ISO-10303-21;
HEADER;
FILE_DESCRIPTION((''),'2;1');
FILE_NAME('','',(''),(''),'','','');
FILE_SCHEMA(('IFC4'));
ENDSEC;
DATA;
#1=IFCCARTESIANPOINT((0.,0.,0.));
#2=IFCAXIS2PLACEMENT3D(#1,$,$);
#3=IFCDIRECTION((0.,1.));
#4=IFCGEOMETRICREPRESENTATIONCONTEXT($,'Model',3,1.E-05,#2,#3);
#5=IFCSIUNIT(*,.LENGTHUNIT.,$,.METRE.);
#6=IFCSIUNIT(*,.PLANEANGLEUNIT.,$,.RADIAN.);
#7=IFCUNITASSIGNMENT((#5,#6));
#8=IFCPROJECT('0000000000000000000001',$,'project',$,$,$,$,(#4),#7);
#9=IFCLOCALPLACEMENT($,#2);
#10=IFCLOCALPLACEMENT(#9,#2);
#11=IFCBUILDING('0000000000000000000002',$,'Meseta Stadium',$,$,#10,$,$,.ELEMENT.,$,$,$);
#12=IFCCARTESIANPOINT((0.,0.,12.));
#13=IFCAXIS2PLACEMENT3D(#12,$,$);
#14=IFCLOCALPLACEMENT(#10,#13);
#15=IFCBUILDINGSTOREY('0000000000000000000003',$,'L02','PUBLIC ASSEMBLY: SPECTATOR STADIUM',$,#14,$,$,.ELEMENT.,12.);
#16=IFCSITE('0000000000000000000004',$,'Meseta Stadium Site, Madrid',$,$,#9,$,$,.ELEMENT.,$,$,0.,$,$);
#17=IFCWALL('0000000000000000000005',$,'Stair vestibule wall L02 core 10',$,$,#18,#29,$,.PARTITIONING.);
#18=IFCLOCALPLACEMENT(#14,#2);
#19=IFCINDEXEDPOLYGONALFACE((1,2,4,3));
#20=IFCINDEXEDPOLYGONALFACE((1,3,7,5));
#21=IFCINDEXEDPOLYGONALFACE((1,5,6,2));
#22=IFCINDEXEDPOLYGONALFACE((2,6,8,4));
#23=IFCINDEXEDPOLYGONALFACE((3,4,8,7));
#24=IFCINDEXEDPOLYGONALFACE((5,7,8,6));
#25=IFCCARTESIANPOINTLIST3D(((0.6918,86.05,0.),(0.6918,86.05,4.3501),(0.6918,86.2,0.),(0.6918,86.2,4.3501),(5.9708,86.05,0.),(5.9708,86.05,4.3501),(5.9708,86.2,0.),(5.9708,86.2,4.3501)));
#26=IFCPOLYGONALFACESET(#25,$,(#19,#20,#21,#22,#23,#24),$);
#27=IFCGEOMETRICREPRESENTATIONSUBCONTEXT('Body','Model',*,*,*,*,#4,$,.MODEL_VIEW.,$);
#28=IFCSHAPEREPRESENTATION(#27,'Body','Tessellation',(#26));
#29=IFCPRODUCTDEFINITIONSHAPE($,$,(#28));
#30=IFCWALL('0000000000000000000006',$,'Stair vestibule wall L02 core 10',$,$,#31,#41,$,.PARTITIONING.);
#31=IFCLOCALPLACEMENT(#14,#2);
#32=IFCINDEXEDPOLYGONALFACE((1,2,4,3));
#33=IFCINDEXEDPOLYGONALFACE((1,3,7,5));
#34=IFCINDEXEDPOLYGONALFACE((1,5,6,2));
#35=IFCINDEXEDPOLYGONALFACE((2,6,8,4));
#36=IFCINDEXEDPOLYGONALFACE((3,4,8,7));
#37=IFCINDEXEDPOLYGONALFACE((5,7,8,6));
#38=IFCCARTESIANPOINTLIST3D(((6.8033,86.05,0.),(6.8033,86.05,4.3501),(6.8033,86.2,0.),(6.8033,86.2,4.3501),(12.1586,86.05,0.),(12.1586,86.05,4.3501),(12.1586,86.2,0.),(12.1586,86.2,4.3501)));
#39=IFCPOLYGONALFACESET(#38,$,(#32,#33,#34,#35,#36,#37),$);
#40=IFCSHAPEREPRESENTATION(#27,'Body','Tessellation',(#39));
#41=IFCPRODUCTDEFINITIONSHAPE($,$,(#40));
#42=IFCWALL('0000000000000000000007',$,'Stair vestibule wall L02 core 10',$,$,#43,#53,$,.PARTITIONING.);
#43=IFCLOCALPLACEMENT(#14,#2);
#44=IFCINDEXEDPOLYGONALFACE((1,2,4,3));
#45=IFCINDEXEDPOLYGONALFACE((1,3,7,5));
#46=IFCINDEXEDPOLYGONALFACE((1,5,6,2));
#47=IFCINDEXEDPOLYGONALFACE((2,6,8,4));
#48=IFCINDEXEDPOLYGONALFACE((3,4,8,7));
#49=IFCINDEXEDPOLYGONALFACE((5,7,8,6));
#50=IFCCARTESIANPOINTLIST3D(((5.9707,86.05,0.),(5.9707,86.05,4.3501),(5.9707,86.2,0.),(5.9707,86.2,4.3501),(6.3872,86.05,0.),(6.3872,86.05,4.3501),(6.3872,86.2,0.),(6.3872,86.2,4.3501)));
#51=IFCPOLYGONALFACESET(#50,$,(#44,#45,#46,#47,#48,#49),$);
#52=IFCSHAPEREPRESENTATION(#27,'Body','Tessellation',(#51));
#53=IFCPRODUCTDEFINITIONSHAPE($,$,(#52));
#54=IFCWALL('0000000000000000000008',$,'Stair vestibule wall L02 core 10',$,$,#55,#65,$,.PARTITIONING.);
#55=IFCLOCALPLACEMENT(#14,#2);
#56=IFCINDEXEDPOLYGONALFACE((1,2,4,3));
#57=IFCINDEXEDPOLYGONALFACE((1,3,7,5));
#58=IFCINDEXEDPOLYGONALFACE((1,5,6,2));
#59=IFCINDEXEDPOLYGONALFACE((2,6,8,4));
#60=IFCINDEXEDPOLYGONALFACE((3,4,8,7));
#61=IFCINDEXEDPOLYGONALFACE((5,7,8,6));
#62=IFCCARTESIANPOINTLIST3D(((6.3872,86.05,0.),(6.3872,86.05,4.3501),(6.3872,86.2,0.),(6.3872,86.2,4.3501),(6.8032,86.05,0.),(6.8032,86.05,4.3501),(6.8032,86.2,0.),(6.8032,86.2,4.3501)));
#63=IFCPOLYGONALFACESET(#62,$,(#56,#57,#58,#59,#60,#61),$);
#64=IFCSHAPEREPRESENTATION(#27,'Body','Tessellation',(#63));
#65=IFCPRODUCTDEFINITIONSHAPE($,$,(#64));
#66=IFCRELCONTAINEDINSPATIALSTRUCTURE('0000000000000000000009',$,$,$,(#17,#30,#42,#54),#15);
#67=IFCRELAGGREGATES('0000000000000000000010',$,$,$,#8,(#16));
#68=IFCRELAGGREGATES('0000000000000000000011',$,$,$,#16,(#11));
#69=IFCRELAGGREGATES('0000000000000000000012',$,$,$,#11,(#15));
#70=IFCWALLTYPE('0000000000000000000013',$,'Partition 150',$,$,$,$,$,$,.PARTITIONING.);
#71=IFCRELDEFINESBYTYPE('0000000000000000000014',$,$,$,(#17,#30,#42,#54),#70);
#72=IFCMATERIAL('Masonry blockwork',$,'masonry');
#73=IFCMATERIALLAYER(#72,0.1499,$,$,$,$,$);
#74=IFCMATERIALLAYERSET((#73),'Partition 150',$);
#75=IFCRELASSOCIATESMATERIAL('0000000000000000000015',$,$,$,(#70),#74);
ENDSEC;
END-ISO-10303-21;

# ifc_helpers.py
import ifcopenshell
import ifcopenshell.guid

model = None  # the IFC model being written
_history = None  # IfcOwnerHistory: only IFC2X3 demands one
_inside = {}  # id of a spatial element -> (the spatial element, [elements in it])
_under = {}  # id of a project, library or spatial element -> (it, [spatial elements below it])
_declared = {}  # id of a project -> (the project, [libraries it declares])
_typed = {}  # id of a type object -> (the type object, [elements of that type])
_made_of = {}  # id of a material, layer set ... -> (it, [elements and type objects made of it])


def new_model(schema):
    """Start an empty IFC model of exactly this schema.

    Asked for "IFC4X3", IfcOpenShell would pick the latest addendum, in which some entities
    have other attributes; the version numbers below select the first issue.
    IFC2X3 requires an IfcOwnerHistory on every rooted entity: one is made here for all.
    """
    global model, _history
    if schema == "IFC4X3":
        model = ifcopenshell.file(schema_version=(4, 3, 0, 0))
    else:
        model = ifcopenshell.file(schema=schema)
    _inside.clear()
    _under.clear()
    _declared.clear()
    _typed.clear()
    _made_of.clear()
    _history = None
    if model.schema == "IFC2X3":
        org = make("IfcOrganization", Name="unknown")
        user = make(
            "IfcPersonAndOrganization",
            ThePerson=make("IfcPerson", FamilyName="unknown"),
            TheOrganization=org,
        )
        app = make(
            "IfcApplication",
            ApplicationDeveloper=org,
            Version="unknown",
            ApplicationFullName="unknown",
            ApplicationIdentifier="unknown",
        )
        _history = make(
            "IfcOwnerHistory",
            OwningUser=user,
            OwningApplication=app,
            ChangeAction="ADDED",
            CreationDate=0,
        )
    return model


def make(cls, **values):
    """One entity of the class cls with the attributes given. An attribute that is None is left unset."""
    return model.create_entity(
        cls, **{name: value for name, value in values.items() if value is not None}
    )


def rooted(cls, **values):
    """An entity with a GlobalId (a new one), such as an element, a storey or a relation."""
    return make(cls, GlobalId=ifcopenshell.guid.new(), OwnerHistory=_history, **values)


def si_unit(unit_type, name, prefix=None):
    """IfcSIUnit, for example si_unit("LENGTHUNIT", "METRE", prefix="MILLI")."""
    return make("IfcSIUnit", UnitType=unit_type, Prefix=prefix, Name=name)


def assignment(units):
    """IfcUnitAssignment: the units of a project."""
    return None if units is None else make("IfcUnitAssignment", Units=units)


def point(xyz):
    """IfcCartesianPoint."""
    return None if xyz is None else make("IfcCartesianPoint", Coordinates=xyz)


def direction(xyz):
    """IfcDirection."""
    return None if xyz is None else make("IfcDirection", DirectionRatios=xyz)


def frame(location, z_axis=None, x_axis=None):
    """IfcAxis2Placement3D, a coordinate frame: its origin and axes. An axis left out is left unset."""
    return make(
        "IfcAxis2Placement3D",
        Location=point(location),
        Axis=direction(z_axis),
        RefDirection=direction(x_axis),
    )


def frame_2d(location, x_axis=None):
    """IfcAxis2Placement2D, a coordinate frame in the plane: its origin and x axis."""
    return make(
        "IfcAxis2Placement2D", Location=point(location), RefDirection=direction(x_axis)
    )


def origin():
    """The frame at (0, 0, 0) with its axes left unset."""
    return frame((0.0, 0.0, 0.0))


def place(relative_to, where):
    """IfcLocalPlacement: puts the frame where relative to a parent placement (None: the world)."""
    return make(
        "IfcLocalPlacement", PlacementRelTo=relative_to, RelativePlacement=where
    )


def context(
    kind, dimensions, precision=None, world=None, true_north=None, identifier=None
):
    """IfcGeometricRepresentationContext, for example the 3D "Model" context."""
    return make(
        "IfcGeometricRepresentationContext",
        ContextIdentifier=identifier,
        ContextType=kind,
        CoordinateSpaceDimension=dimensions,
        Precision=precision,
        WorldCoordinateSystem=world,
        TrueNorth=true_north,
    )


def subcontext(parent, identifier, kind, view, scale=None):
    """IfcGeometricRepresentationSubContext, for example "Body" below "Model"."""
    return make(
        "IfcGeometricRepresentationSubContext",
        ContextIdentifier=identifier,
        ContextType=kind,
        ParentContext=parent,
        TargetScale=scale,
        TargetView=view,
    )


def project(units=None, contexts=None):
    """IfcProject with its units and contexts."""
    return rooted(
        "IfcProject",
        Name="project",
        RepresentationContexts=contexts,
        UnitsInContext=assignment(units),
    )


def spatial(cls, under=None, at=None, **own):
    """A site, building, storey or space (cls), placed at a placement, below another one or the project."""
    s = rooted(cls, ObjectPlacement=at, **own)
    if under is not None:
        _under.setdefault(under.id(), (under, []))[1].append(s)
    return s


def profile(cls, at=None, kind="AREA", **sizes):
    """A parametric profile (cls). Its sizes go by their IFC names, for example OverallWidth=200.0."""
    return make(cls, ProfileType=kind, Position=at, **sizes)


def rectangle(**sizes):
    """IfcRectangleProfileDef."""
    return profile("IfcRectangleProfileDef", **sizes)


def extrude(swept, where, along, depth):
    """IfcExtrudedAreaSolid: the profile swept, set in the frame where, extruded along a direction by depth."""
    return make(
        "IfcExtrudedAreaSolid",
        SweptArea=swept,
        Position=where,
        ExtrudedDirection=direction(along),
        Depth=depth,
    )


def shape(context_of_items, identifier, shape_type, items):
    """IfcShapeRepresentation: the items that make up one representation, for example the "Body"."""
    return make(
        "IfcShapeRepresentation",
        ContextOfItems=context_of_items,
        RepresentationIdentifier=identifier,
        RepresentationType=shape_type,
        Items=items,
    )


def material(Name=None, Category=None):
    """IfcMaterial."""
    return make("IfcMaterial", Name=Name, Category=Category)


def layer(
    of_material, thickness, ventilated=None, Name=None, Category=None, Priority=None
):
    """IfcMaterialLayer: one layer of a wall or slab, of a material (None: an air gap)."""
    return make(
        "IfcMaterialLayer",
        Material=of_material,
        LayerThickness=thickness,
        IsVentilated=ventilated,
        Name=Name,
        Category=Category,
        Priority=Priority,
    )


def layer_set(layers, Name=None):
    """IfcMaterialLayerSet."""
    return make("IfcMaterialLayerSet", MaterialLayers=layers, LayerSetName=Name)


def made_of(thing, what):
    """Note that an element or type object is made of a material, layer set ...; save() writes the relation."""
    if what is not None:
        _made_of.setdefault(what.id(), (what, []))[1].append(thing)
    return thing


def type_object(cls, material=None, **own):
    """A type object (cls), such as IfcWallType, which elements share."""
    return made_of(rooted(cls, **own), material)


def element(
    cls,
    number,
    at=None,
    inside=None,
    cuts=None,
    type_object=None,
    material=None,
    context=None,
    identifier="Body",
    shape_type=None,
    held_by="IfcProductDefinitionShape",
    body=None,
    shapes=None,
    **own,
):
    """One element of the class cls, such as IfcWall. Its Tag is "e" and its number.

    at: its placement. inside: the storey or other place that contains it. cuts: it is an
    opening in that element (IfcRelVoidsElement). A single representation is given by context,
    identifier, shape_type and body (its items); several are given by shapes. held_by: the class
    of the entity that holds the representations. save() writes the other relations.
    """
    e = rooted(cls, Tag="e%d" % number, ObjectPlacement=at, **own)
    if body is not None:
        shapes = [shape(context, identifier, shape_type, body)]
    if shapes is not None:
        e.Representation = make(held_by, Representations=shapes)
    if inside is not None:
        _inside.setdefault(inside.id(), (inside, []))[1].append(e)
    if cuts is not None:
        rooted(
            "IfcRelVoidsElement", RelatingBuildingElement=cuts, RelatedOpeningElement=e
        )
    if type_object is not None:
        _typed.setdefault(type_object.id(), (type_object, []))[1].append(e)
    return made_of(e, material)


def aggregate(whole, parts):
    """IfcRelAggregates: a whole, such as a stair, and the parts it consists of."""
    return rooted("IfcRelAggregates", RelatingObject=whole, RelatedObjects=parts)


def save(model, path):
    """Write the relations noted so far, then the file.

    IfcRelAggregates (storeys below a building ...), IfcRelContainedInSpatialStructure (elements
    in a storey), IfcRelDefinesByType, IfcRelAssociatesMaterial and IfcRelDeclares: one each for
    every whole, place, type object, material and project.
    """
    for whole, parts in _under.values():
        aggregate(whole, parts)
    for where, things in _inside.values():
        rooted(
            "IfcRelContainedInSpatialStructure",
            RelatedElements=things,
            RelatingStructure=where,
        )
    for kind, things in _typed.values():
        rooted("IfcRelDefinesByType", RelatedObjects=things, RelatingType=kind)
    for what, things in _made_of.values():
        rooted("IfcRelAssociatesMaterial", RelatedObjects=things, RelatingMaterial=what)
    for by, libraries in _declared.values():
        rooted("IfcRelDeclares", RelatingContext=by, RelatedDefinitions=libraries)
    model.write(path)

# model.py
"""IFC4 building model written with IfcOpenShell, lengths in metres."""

from ifc_helpers import new_model, si_unit, direction, frame, frame_2d, origin, place, context, subcontext, project, spatial, rectangle, extrude, material, layer, layer_set, type_object, element, save


model = new_model("IFC4")

# Units and contexts
model_context = context("Model", 3, precision=1e-05, world=origin(), true_north=direction((0.0, 1.0)))
body_context = subcontext(model_context, "Body", "Model", "MODEL_VIEW")
ifc_project = project(units=[si_unit("LENGTHUNIT", "METRE"), si_unit("PLANEANGLEUNIT", "RADIAN")], contexts=[model_context])

# Site, building, storey
site_placement = place(None, origin())
site = spatial("IfcSite", under=ifc_project, at=site_placement, Name="Meseta Stadium Site, Madrid", CompositionType="ELEMENT", RefElevation=0.0)
building_placement = place(site_placement, origin())
building = spatial("IfcBuilding", under=site, at=building_placement, Name="Meseta Stadium", CompositionType="ELEMENT")
storey_placement = place(building_placement, frame((0.0, 0.0, 12.0)))
storey = spatial("IfcBuildingStorey", under=building, at=storey_placement, Name="L02", Description="PUBLIC ASSEMBLY: SPECTATOR STADIUM", CompositionType="ELEMENT", Elevation=12.0)

# Walls
ifc_material_1 = material(Name="Masonry blockwork", Category="masonry")
ifc_layer_1 = layer(ifc_material_1, 0.1499)
ifc_layer_set_1 = layer_set([ifc_layer_1], Name="Partition 150")
wall_type = type_object("IfcWallType", Name="Partition 150", PredefinedType="PARTITIONING", material=ifc_layer_set_1)
wall_1_placement = place(storey_placement, frame((0.6917, 86.125, 0.0), z_axis=(0.0, 0.0, 1.0), x_axis=(1.0, 0.0, 0.0)))
element("IfcWall", 1, at=wall_1_placement, inside=storey, type_object=wall_type, Name="Stair vestibule wall L02 core 10", PredefinedType="PARTITIONING", context=body_context, shape_type="SweptSolid", body=[
    extrude(rectangle(XDim=5.2791, YDim=0.1499, at=frame_2d((2.6396, 0.0))), origin(), (0.0, 0.0, 1.0), 4.3501),
])
wall_2_placement = place(storey_placement, frame((6.8032, 86.125, 0.0), z_axis=(0.0, 0.0, 1.0), x_axis=(1.0, 0.0, 0.0)))
element("IfcWall", 2, at=wall_2_placement, inside=storey, type_object=wall_type, Name="Stair vestibule wall L02 core 10", PredefinedType="PARTITIONING", context=body_context, shape_type="SweptSolid", body=[
    extrude(rectangle(XDim=5.3552, YDim=0.1499, at=frame_2d((2.6777, 0.0))), origin(), (0.0, 0.0, 1.0), 4.3501),
])
wall_3_placement = place(storey_placement, frame((5.9707, 86.125, 0.0), z_axis=(0.0, 0.0, 1.0), x_axis=(1.0, 0.0, 0.0)))
element("IfcWall", 3, at=wall_3_placement, inside=storey, type_object=wall_type, Name="Stair vestibule wall L02 core 10", PredefinedType="PARTITIONING", context=body_context, shape_type="SweptSolid", body=[
    extrude(rectangle(XDim=0.4165, YDim=0.1499, at=frame_2d((0.2083, 0.0))), origin(), (0.0, 0.0, 1.0), 4.3501),
])
wall_4_placement = place(storey_placement, frame((6.3872, 86.125, 0.0), z_axis=(0.0, 0.0, 1.0), x_axis=(1.0, 0.0, 0.0)))
element("IfcWall", 4, at=wall_4_placement, inside=storey, type_object=wall_type, Name="Stair vestibule wall L02 core 10", PredefinedType="PARTITIONING", context=body_context, shape_type="SweptSolid", body=[
    extrude(rectangle(XDim=0.416, YDim=0.1499, at=frame_2d((0.208, 0.0))), origin(), (0.0, 0.0, 1.0), 4.3501),
])

save(model, "model.ifc")
